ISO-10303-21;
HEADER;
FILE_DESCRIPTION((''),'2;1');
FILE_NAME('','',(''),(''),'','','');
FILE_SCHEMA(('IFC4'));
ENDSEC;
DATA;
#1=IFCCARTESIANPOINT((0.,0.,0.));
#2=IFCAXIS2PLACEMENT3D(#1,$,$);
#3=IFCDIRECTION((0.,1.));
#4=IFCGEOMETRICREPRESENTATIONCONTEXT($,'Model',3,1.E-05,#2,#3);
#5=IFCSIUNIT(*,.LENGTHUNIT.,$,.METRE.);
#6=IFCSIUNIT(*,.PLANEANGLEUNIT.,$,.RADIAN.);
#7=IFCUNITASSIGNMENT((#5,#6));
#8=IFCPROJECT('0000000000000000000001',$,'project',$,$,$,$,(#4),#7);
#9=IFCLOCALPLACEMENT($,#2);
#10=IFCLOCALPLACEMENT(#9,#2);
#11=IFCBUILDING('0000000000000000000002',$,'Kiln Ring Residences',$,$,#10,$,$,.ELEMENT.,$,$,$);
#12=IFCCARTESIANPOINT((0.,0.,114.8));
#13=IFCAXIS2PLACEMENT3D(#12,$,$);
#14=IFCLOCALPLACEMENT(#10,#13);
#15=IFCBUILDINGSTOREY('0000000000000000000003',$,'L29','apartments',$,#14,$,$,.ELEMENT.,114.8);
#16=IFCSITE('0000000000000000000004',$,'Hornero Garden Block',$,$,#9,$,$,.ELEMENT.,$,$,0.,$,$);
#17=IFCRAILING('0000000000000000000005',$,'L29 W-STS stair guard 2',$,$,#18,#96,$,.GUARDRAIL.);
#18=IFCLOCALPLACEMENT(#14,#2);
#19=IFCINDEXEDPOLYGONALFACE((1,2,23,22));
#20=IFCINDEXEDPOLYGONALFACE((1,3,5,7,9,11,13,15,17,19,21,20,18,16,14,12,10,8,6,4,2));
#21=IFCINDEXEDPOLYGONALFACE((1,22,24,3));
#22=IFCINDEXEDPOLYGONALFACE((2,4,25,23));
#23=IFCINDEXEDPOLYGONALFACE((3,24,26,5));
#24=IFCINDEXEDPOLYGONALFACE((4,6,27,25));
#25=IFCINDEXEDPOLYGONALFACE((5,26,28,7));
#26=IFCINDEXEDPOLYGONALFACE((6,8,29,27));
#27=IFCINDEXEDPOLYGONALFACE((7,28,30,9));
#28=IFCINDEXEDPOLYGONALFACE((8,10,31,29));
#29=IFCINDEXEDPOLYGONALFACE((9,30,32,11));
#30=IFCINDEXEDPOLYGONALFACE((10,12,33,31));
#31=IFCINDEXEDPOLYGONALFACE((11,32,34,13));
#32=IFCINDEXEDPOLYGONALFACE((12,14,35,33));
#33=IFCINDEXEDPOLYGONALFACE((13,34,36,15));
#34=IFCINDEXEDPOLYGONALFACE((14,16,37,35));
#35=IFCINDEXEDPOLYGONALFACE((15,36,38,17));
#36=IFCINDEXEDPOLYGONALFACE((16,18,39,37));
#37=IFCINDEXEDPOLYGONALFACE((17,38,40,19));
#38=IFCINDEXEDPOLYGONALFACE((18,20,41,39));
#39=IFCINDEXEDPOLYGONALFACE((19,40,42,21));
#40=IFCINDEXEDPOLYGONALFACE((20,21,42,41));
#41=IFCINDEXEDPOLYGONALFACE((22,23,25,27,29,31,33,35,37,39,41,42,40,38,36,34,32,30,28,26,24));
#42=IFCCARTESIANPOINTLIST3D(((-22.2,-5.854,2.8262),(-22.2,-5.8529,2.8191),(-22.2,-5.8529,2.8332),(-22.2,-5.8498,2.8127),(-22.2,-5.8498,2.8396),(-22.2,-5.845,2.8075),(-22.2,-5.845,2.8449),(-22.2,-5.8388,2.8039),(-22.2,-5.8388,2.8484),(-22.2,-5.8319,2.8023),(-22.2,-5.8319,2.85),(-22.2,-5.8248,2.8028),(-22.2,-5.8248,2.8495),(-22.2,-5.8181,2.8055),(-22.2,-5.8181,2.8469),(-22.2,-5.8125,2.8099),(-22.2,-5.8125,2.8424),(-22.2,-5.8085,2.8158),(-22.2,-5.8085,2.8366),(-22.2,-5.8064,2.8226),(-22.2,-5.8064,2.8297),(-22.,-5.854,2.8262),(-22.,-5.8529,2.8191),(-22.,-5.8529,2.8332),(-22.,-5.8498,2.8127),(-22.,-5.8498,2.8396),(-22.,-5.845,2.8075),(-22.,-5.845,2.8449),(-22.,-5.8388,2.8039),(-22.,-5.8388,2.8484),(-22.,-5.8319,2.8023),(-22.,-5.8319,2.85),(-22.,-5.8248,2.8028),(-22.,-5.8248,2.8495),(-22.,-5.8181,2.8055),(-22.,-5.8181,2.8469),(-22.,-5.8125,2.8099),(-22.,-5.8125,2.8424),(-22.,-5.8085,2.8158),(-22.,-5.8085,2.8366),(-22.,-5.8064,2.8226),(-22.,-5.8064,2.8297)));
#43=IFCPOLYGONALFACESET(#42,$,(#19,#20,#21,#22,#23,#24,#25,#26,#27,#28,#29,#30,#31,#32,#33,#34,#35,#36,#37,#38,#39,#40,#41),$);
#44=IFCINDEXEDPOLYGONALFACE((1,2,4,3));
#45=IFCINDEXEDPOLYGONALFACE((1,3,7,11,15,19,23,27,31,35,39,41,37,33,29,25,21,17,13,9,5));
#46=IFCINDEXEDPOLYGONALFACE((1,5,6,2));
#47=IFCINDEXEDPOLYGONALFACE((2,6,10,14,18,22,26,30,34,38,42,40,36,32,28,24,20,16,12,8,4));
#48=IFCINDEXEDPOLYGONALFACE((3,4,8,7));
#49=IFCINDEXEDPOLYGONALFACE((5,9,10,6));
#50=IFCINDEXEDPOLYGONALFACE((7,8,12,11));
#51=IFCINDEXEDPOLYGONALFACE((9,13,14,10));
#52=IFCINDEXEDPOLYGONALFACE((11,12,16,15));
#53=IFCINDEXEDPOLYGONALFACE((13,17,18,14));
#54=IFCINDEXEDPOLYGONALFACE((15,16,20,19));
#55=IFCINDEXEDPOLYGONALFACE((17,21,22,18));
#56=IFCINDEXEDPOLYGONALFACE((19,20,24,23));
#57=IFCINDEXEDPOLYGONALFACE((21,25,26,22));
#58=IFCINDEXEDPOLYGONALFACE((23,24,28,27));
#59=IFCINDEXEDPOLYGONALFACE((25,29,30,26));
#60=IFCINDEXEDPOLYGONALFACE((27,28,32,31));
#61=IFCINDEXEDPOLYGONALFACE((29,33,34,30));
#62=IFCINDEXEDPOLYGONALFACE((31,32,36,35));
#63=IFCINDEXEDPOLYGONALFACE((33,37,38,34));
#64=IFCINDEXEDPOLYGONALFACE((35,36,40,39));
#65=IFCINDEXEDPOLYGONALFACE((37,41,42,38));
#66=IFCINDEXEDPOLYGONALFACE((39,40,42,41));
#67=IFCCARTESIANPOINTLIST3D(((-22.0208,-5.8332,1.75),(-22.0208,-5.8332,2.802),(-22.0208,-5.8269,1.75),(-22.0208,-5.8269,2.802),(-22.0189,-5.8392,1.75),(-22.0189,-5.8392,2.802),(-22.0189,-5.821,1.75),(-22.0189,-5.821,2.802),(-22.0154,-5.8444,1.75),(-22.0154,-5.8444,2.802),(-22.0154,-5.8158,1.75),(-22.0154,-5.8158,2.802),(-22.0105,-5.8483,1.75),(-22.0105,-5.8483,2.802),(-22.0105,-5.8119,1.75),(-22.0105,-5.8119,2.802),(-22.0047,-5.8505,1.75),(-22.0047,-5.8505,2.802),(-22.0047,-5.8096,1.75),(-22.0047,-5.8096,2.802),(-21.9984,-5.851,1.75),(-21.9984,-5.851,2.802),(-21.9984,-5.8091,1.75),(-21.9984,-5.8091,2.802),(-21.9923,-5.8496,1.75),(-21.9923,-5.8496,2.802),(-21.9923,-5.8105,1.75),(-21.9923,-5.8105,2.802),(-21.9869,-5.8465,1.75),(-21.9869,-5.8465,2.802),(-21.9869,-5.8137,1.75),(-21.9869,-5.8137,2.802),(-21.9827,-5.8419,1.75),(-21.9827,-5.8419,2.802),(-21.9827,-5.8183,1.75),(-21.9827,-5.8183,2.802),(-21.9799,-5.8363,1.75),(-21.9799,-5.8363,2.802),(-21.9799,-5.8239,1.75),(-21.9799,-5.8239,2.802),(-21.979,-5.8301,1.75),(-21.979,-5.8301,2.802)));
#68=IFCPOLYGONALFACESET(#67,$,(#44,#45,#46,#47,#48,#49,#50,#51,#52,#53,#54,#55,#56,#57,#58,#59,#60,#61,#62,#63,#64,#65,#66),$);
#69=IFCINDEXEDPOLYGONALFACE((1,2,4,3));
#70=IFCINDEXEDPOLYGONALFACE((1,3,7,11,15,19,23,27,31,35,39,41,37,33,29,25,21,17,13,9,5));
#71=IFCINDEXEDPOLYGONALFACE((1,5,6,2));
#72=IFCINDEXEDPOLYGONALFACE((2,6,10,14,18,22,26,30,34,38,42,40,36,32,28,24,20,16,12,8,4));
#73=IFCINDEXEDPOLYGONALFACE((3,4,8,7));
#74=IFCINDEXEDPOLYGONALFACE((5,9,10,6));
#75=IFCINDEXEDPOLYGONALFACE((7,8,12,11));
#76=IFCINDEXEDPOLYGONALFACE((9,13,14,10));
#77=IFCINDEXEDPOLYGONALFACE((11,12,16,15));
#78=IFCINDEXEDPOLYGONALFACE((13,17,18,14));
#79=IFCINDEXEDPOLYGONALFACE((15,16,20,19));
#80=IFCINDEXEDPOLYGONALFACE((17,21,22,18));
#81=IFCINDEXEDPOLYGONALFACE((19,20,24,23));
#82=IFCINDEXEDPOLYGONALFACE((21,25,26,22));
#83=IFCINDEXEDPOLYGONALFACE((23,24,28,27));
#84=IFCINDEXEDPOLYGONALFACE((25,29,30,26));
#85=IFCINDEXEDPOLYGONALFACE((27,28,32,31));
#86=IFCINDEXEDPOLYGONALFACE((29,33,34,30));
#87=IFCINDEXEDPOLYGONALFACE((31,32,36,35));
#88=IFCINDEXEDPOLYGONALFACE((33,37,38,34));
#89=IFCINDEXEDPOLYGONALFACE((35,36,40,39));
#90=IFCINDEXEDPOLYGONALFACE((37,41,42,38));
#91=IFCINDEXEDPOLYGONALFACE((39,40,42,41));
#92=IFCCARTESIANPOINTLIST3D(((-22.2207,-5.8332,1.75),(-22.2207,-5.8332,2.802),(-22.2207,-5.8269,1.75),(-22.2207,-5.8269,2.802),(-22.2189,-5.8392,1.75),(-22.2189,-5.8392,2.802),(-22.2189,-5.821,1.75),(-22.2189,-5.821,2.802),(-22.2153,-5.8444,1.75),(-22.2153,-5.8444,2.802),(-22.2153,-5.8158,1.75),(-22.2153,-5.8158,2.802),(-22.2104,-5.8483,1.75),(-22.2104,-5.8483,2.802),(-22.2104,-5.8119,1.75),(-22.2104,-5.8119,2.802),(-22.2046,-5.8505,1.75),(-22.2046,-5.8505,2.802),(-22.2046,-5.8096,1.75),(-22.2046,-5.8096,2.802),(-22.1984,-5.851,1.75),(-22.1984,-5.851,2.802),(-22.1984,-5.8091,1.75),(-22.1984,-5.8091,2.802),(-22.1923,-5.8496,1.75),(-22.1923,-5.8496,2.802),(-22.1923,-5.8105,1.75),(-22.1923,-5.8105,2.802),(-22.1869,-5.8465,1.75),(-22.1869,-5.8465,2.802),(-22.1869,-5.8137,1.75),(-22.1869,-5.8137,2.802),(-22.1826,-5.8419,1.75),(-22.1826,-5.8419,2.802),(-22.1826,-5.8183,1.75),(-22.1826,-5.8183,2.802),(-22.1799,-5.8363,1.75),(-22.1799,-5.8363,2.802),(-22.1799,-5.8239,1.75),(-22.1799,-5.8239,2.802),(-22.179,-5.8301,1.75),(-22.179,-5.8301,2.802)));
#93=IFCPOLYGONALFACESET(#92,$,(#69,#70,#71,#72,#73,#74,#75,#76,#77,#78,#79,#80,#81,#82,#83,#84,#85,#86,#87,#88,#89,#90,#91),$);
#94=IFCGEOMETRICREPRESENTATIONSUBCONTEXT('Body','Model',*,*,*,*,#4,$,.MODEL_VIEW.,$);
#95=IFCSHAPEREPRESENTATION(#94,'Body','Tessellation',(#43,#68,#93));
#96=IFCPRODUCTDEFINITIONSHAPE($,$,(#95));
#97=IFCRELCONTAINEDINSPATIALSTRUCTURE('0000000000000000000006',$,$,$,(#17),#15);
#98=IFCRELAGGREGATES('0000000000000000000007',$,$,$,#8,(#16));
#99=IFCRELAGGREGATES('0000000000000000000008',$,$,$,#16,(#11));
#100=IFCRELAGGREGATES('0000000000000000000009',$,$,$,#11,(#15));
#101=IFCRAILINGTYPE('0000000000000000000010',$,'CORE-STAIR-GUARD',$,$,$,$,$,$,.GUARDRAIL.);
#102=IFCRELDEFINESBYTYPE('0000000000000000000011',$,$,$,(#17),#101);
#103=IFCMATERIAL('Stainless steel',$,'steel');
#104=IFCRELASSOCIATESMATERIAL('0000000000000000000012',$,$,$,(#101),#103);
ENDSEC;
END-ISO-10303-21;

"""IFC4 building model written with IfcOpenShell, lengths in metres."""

from ifc_helpers import new_model, si_unit, direction, frame, origin, origin_2d, place, context, subcontext, project, spatial, circle, extrude, material, type_object, element, save


model = new_model("IFC4")

# Units and contexts
model_context = context("Model", 3, precision=1e-05, world=origin(), true_north=direction((0.0, 1.0)))
body_context = subcontext(model_context, "Body", "Model", "MODEL_VIEW")
ifc_project = project(units=[si_unit("LENGTHUNIT", "METRE"), si_unit("PLANEANGLEUNIT", "RADIAN")], contexts=[model_context])

# Site, building, storey
site_placement = place(None, origin())
site = spatial("IfcSite", under=ifc_project, at=site_placement, Name="Hornero Garden Block", CompositionType="ELEMENT", RefElevation=0.0)
building_placement = place(site_placement, origin())
building = spatial("IfcBuilding", under=site, at=building_placement, Name="Kiln Ring Residences", CompositionType="ELEMENT")
storey_placement = place(building_placement, frame((0.0, 0.0, 114.8)))
storey = spatial("IfcBuildingStorey", under=building, at=storey_placement, Name="L29", Description="apartments", CompositionType="ELEMENT", Elevation=114.8)

# Railing
ifc_material_1 = material(Name="Stainless steel", Category="steel")
railing_type_1 = type_object("IfcRailingType", Name="CORE-STAIR-GUARD", PredefinedType="GUARDRAIL", material=ifc_material_1)
railing_1_placement = place(storey_placement, frame((-22.0, -5.8301, 1.75)))
element("IfcRailing", 1, at=railing_1_placement, inside=storey, type_object=railing_type_1, Name="L29 W-STS stair guard 2", PredefinedType="GUARDRAIL", context=body_context, shape_type="SweptSolid", body=[
    extrude(circle(Radius=0.0239, at=origin_2d()), frame((0.0, 0.0, 1.0762), z_axis=(-1.0, 0.0, 0.0), x_axis=(0.0, -1.0, 0.0)), (0.0, 0.0, 1.0), 0.2),
    extrude(circle(Radius=0.021, at=origin_2d()), origin(), (0.0, 0.0, 1.0), 1.052),
    extrude(circle(Radius=0.021, at=origin_2d()), frame((-0.2, 0.0, 0.0)), (0.0, 0.0, 1.0), 1.052),
])

save(model, "model.ifc")
